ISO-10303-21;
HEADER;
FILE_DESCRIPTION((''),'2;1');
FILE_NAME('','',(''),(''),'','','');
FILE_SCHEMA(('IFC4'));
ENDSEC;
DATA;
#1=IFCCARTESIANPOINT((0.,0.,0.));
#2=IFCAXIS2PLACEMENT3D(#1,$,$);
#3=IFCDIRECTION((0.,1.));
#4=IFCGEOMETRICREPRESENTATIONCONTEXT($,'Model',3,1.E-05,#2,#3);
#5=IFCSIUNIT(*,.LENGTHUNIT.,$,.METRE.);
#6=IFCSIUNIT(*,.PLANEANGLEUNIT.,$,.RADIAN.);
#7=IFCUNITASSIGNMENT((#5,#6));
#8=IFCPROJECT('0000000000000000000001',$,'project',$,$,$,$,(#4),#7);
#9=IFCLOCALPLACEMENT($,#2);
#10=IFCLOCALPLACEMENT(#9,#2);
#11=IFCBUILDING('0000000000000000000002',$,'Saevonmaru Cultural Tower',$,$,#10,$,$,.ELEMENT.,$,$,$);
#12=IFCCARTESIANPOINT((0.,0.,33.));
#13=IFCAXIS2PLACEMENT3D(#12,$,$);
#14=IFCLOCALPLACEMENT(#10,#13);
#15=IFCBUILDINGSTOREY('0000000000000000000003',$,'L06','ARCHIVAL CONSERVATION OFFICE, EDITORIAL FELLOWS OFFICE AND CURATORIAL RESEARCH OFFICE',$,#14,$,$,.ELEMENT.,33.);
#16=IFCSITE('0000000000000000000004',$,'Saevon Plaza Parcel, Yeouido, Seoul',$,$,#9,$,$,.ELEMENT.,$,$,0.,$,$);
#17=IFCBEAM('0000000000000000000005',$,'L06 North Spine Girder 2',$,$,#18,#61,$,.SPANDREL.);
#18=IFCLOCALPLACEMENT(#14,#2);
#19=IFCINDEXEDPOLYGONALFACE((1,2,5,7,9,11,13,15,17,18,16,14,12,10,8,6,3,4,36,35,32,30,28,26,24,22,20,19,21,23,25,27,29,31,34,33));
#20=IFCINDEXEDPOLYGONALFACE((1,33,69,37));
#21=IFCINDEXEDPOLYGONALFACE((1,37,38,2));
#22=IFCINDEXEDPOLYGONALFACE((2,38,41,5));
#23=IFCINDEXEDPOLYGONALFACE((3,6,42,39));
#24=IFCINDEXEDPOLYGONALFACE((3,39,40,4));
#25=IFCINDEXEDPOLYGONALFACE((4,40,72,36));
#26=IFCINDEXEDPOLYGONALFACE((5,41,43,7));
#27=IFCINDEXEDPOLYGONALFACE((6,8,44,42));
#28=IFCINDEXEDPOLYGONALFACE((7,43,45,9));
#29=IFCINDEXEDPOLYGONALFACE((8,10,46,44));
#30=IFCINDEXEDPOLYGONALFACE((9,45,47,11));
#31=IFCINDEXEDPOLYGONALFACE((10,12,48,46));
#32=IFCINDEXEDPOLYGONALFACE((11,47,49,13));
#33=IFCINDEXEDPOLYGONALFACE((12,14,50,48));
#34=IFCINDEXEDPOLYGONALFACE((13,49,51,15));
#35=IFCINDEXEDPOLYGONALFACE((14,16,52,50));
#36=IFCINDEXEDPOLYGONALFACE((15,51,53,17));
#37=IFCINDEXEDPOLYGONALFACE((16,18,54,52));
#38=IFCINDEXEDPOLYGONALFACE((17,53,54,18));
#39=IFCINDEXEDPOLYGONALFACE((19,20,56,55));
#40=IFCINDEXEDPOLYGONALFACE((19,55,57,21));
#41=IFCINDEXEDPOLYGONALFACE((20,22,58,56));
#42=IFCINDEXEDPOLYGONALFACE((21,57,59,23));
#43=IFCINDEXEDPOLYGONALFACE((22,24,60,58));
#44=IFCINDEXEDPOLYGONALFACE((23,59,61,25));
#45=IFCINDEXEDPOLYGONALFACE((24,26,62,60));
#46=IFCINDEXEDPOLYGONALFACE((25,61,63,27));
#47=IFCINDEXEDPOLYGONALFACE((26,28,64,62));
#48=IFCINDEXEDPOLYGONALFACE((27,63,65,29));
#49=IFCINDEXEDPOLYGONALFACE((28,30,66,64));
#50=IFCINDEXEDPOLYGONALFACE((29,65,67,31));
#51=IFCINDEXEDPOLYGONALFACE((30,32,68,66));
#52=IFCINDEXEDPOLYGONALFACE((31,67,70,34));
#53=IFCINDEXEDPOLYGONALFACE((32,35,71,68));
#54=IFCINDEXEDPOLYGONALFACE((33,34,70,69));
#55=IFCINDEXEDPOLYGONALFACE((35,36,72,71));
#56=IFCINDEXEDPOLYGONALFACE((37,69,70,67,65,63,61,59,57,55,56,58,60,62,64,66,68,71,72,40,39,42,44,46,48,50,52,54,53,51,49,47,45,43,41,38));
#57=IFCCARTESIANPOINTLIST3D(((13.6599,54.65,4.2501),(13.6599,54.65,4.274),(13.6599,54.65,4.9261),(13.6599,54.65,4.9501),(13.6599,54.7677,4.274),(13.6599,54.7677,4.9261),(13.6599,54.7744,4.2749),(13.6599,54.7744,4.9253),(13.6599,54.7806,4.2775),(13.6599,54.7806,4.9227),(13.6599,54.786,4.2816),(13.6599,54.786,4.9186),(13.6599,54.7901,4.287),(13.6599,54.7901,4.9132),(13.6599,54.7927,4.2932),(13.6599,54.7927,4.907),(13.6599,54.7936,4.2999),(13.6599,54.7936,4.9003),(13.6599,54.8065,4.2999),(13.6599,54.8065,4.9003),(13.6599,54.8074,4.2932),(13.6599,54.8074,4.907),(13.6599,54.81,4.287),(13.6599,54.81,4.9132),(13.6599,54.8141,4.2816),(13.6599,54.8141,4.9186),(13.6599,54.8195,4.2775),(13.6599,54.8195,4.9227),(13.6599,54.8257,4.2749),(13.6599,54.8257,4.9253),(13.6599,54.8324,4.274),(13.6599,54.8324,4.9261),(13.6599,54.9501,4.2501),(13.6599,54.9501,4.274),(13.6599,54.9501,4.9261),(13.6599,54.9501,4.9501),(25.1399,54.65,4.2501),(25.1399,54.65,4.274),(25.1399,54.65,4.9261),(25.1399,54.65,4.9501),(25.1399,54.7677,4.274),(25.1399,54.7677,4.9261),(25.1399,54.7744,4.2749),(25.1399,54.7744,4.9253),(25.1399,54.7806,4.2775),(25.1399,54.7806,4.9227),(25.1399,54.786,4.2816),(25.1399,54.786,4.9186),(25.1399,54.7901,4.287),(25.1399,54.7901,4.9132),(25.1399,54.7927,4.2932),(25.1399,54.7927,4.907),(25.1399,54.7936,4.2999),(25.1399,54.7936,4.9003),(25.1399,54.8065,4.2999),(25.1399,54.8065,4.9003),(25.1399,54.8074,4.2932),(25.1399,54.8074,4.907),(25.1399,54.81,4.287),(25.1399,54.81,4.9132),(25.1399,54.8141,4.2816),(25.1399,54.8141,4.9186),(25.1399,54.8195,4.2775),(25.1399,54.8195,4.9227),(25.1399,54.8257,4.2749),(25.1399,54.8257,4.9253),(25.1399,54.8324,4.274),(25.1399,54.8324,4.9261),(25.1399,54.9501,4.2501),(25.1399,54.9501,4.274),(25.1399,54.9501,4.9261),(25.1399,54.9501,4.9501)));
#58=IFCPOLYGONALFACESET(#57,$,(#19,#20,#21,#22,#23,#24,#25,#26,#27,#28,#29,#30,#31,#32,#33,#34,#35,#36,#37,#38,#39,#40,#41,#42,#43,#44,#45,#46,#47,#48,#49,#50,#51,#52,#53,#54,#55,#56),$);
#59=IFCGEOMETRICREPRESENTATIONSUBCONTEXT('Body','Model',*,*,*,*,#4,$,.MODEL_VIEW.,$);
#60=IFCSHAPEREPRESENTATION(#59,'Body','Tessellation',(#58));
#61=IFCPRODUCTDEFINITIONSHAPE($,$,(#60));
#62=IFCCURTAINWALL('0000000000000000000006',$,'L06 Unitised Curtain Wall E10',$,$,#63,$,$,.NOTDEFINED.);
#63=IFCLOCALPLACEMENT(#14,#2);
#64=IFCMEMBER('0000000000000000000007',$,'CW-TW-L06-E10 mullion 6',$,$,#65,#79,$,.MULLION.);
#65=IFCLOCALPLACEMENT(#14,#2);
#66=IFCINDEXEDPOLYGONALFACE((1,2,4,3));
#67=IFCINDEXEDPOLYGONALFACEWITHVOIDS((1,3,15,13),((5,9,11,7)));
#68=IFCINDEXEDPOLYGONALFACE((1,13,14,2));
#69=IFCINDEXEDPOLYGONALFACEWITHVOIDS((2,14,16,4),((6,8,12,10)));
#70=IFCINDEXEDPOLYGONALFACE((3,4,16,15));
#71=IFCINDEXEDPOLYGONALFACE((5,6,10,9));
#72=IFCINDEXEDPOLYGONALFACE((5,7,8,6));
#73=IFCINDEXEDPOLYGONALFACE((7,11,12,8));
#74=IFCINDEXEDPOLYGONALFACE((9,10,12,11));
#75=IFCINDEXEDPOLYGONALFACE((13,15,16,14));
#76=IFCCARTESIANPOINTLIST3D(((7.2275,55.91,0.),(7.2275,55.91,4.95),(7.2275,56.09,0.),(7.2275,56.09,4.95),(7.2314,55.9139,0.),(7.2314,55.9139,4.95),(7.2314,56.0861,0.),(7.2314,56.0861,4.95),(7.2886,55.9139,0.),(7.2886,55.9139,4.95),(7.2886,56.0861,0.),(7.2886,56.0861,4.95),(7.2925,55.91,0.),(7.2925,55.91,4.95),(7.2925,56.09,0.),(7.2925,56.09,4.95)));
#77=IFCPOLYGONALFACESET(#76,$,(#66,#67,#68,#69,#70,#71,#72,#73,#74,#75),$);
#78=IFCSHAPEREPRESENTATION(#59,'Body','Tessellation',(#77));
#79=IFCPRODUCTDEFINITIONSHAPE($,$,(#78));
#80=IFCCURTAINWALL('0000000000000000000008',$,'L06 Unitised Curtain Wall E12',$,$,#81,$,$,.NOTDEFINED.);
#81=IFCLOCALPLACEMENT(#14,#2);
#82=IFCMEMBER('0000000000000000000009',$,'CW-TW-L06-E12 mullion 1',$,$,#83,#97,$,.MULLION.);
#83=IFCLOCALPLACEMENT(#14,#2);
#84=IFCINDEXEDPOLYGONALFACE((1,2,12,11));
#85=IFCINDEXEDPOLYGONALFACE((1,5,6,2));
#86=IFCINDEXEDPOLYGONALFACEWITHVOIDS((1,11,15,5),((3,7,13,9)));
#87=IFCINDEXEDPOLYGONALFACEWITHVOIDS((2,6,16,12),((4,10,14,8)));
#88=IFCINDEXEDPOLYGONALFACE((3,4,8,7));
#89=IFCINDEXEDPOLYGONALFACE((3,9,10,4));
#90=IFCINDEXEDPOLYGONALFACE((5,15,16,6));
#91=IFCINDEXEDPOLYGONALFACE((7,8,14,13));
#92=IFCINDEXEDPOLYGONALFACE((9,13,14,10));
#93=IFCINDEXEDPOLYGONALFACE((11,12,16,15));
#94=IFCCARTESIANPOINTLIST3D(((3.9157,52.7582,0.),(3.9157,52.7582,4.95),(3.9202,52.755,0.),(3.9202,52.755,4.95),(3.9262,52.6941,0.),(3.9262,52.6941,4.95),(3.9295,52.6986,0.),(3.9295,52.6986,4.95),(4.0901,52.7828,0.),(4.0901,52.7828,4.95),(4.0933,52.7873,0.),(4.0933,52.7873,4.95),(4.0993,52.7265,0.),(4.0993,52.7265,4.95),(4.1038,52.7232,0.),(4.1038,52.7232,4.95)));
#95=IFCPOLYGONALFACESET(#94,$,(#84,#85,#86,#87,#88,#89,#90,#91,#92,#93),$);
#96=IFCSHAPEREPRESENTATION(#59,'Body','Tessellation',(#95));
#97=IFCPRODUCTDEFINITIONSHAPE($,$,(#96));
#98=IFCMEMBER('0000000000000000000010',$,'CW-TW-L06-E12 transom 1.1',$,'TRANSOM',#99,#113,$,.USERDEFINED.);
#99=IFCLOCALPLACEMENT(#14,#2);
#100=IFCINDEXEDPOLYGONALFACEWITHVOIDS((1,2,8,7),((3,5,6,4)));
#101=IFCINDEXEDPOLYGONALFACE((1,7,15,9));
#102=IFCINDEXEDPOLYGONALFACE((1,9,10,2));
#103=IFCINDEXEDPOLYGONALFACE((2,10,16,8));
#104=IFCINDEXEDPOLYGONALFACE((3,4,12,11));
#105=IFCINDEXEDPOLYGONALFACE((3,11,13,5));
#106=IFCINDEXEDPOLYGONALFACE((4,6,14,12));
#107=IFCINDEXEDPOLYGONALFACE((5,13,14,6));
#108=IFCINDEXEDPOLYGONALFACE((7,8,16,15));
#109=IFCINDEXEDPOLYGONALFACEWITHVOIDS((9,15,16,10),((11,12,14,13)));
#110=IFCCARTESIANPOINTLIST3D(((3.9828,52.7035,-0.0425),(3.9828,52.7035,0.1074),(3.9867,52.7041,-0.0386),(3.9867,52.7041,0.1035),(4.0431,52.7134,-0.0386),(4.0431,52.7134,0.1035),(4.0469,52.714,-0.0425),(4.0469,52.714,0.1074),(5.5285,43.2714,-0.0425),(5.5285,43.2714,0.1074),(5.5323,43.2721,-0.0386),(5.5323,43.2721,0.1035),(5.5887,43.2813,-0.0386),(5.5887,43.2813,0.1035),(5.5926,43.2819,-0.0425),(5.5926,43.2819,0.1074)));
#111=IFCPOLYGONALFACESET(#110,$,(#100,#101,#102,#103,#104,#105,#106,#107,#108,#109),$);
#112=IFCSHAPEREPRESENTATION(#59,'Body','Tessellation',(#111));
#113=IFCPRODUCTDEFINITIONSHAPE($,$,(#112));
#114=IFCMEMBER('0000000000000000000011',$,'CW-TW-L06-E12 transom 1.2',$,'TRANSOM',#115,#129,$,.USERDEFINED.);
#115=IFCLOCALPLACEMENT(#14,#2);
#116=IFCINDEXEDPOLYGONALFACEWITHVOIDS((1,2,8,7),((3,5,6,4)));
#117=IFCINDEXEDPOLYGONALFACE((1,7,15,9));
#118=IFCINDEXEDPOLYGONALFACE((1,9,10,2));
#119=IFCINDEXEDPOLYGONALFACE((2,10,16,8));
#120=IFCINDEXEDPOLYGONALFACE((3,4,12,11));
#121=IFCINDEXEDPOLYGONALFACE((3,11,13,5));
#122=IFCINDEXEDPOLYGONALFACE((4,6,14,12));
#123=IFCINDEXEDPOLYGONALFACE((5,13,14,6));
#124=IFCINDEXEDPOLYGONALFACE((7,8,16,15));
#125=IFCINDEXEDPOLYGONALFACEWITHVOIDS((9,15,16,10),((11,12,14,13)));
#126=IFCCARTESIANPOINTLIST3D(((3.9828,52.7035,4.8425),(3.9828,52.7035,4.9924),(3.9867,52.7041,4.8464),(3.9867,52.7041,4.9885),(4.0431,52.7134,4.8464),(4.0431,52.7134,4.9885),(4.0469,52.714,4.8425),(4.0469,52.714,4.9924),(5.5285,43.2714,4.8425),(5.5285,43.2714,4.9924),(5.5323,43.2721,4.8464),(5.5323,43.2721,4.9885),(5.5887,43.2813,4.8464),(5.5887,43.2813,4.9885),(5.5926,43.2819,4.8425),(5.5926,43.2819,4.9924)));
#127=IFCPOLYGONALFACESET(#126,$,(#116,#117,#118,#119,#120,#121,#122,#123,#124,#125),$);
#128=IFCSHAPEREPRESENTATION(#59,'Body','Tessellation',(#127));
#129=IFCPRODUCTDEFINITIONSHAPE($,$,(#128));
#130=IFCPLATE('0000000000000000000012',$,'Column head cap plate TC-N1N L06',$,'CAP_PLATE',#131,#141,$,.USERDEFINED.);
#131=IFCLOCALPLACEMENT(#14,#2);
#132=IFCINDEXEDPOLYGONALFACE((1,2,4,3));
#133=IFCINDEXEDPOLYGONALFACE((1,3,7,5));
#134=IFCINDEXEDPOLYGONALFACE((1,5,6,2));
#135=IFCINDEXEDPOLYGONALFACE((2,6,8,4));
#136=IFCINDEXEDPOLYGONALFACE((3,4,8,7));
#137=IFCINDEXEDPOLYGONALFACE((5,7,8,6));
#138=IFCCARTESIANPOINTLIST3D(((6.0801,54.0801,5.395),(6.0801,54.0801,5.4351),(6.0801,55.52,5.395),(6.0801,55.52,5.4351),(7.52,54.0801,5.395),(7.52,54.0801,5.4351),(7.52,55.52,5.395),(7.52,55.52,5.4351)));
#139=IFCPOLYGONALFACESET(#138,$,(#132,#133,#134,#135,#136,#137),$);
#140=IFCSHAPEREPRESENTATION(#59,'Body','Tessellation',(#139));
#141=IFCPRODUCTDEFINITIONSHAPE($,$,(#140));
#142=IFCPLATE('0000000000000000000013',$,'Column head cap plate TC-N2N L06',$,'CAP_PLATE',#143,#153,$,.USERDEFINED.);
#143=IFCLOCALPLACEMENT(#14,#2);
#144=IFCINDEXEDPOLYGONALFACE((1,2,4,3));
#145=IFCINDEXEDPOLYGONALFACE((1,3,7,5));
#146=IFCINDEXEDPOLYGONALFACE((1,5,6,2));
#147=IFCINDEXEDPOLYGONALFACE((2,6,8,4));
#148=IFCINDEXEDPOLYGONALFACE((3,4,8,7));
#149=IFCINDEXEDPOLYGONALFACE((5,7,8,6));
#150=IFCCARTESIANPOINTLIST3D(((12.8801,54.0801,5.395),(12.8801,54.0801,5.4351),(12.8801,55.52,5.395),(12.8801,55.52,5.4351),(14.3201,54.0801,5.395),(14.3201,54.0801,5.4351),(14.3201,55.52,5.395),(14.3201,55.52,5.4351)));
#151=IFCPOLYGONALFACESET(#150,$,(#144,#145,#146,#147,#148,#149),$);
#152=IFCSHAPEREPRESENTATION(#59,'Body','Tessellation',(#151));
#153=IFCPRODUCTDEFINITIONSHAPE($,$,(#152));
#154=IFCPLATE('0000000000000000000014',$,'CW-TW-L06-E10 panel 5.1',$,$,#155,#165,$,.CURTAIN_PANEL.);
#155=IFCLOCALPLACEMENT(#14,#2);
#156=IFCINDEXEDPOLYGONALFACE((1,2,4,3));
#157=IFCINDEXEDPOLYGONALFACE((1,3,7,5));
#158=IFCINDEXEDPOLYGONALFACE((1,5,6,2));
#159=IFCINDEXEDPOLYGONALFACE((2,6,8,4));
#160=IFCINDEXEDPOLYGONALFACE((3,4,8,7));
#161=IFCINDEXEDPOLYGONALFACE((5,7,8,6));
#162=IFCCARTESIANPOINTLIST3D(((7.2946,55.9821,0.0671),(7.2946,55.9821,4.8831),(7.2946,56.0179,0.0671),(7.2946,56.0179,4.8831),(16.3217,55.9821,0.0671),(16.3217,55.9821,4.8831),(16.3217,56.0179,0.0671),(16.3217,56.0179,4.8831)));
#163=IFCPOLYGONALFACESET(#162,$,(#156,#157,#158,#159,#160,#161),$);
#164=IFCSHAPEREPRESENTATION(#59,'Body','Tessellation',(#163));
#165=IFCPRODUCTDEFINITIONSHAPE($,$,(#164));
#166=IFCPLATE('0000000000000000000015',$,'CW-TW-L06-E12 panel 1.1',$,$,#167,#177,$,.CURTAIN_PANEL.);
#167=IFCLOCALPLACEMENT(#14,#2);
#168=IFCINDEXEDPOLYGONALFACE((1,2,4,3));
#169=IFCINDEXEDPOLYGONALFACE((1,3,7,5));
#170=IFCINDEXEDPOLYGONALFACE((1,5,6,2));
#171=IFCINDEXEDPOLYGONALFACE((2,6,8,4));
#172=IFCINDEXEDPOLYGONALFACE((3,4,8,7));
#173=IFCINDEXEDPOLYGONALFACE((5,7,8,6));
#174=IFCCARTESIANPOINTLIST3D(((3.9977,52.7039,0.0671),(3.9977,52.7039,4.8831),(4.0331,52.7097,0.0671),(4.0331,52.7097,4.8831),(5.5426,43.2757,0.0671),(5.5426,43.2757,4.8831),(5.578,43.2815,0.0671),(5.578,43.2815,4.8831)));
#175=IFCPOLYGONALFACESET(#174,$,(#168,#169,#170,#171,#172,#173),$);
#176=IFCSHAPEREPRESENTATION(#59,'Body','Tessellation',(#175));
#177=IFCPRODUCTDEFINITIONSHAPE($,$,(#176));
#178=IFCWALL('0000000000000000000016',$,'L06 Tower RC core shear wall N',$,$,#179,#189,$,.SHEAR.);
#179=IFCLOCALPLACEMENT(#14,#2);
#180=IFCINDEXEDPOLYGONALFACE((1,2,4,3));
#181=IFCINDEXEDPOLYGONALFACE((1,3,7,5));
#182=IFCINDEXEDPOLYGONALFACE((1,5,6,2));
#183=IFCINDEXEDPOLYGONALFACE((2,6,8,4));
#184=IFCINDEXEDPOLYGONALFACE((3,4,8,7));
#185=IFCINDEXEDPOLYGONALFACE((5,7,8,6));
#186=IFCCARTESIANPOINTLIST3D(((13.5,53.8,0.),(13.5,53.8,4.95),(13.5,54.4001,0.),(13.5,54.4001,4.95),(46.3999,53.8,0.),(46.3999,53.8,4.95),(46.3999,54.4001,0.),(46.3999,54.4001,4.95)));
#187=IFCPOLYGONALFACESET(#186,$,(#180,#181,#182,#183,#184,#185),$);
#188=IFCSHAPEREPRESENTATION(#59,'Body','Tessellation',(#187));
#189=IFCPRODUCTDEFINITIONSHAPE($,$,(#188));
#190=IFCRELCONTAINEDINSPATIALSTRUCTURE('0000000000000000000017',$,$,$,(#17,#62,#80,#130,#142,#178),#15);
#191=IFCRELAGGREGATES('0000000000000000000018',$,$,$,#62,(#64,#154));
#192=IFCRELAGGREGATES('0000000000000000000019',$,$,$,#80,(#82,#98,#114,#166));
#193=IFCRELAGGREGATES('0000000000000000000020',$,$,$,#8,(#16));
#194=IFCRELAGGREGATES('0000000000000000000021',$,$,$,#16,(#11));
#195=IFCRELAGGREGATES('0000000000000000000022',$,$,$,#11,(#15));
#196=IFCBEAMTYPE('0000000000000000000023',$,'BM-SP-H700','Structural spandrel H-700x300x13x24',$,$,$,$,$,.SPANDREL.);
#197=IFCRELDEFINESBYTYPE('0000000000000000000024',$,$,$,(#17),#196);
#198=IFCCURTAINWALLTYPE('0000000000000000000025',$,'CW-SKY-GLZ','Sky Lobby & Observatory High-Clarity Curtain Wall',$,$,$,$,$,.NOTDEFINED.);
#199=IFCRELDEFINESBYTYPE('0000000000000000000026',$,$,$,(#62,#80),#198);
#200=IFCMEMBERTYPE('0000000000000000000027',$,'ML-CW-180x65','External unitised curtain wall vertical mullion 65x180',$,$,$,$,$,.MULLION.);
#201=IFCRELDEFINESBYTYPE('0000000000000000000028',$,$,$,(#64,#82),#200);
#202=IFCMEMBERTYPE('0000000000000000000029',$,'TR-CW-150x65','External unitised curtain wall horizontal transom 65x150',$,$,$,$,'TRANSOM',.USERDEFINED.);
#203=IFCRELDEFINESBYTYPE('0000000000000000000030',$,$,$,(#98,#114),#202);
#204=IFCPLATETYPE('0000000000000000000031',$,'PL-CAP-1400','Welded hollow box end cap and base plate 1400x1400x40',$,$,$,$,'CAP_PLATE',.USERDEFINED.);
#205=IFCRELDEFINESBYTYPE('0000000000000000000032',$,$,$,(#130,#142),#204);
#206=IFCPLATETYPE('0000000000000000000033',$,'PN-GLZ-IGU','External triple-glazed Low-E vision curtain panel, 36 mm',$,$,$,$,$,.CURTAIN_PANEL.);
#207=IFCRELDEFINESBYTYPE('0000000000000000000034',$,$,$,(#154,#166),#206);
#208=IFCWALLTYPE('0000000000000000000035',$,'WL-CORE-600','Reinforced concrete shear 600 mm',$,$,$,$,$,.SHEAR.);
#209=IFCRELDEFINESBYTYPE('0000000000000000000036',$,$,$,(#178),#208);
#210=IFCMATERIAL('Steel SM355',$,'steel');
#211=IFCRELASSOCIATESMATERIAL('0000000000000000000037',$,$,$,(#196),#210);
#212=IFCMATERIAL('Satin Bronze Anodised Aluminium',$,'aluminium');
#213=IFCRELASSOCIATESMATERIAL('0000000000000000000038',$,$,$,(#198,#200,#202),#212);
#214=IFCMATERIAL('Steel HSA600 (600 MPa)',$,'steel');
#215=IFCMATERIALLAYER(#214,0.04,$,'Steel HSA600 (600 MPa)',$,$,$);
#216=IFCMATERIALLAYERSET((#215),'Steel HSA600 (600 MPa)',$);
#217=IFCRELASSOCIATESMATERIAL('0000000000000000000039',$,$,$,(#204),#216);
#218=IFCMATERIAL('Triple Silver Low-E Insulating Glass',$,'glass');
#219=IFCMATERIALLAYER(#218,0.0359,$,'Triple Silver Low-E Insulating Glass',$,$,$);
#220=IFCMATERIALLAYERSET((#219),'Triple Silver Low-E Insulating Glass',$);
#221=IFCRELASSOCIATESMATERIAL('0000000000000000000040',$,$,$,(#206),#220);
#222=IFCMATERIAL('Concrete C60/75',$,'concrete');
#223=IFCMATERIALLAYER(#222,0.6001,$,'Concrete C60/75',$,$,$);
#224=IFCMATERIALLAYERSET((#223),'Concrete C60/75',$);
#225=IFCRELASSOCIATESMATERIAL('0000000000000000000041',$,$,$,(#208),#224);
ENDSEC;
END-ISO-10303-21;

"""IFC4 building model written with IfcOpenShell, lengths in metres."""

from ifc_helpers import new_model, si_unit, direction, frame, frame_2d, origin, origin_2d, place, context, subcontext, project, spatial, rectangle, hollow_rectangle, i_section, extrude, material, layer, layer_set, material_profile, profile_set, type_object, element, aggregate, save


model = new_model("IFC4")

# Units and contexts
model_context = context("Model", 3, precision=1e-05, world=origin(), true_north=direction((0.0, 1.0)))
body_context = subcontext(model_context, "Body", "Model", "MODEL_VIEW")
ifc_project = project(units=[si_unit("LENGTHUNIT", "METRE"), si_unit("PLANEANGLEUNIT", "RADIAN")], contexts=[model_context])

# Site, building, storey
site_placement = place(None, origin())
site = spatial("IfcSite", under=ifc_project, at=site_placement, Name="Saevon Plaza Parcel, Yeouido, Seoul", CompositionType="ELEMENT", RefElevation=0.0)
building_placement = place(site_placement, origin())
building = spatial("IfcBuilding", under=site, at=building_placement, Name="Saevonmaru Cultural Tower", CompositionType="ELEMENT")
storey_placement = place(building_placement, frame((0.0, 0.0, 33.0)))
storey = spatial("IfcBuildingStorey", under=building, at=storey_placement, Name="L06", Description="ARCHIVAL CONSERVATION OFFICE, EDITORIAL FELLOWS OFFICE AND CURATORIAL RESEARCH OFFICE", CompositionType="ELEMENT", Elevation=33.0)

# Shared definitions
ifc_material_1 = material(Name="Steel HSA600 (600 MPa)", Category="steel")
ifc_material_2 = material(Name="Steel SM355", Category="steel")

# Beam
ifc_material_profile_1 = material_profile(ifc_material_2, i_section(OverallWidth=0.3, OverallDepth=0.7, WebThickness=0.0129, FlangeThickness=0.0239, FilletRadius=0.0259, at=origin_2d()), Name="H-700x300x13x24")
ifc_profile_set_1 = profile_set([ifc_material_profile_1], Name="Steel SM355")
beam_type_1 = type_object("IfcBeamType", Name="BM-SP-H700", Description="Structural spandrel H-700x300x13x24", PredefinedType="SPANDREL", material=ifc_profile_set_1)
beam_1_placement = place(storey_placement, frame((13.6599, 54.8, 4.6001), z_axis=(1.0, 0.0, 0.0), x_axis=(0.0, 1.0, 0.0)))
element("IfcBeam", 1, at=beam_1_placement, inside=storey, type_object=beam_type_1, Name="L06 North Spine Girder 2", PredefinedType="SPANDREL", context=body_context, shape_type="SweptSolid", body=[
    extrude(i_section(OverallWidth=0.3, OverallDepth=0.7, WebThickness=0.0129, FlangeThickness=0.0239, FilletRadius=0.0259, at=origin_2d()), origin(), (0.0, 0.0, 1.0), 11.48),
])

# Curtain wall, member
ifc_material_3 = material(Name="Satin Bronze Anodised Aluminium", Category="aluminium")
curtain_wall_type = type_object("IfcCurtainWallType", Name="CW-SKY-GLZ", Description="Sky Lobby & Observatory High-Clarity Curtain Wall", PredefinedType="NOTDEFINED", material=ifc_material_3)
curtain_wall_1_placement = place(storey_placement, origin())
curtain_wall_1 = element("IfcCurtainWall", 2, at=curtain_wall_1_placement, inside=storey, type_object=curtain_wall_type, Name="L06 Unitised Curtain Wall E10", PredefinedType="NOTDEFINED")
ifc_material_profile_2 = material_profile(ifc_material_3, hollow_rectangle(XDim=0.0649, YDim=0.1799, WallThickness=0.0039, at=origin_2d()), Name="ALU-MULL-180x65x4")
ifc_profile_set_2 = profile_set([ifc_material_profile_2], Name="Satin Bronze Anodised Aluminium")
member_type_1 = type_object("IfcMemberType", Name="ML-CW-180x65", Description="External unitised curtain wall vertical mullion 65x180", PredefinedType="MULLION", material=ifc_profile_set_2)
member_1_placement = place(storey_placement, frame((7.26, 56.0, 0.0), z_axis=(0.0, 0.0, 1.0), x_axis=(-1.0, 0.0, 0.0)))
member_1 = element("IfcMember", 3, at=member_1_placement, type_object=member_type_1, Name="CW-TW-L06-E10 mullion 6", PredefinedType="MULLION", context=body_context, shape_type="SweptSolid", body=[
    extrude(hollow_rectangle(XDim=0.0649, YDim=0.1799, WallThickness=0.0039, at=origin_2d()), origin(), (0.0, 0.0, 1.0), 4.95),
])

# Curtain wall, members
curtain_wall_2_placement = place(storey_placement, origin())
curtain_wall_2 = element("IfcCurtainWall", 4, at=curtain_wall_2_placement, inside=storey, type_object=curtain_wall_type, Name="L06 Unitised Curtain Wall E12", PredefinedType="NOTDEFINED")
member_2_placement = place(storey_placement, frame((4.0098, 52.7407, 0.0), z_axis=(0.0, 0.0, 1.0), x_axis=(0.161709, -0.986839, 0.0)))
member_2 = element("IfcMember", 5, at=member_2_placement, type_object=member_type_1, Name="CW-TW-L06-E12 mullion 1", PredefinedType="MULLION", context=body_context, shape_type="SweptSolid", body=[
    extrude(hollow_rectangle(XDim=0.0649, YDim=0.1799, WallThickness=0.0039, at=origin_2d()), origin(), (0.0, 0.0, 1.0), 4.95),
])
ifc_material_profile_3 = material_profile(ifc_material_3, hollow_rectangle(XDim=0.0649, YDim=0.1499, WallThickness=0.0039, at=origin_2d()), Name="ALU-TRAN-150x65x4")
ifc_profile_set_3 = profile_set([ifc_material_profile_3], Name="Satin Bronze Anodised Aluminium")
member_type_2 = type_object("IfcMemberType", Name="TR-CW-150x65", Description="External unitised curtain wall horizontal transom 65x150", ElementType="TRANSOM", PredefinedType="USERDEFINED", material=ifc_profile_set_3)
member_3_placement = place(storey_placement, frame((4.0149, 52.7087, 0.0325), z_axis=(0.161714, -0.986838, 0.0), x_axis=(0.986838, 0.161714, 0.0)))
member_3 = element("IfcMember", 6, at=member_3_placement, type_object=member_type_2, Name="CW-TW-L06-E12 transom 1.1", ObjectType="TRANSOM", PredefinedType="USERDEFINED", context=body_context, shape_type="SweptSolid", body=[
    extrude(hollow_rectangle(XDim=0.0649, YDim=0.1499, WallThickness=0.0039, at=origin_2d()), origin(), (0.0, 0.0, 1.0), 9.5579),
])
member_4_placement = place(storey_placement, frame((4.0149, 52.7087, 4.9175), z_axis=(0.161714, -0.986838, 0.0), x_axis=(0.986838, 0.161714, 0.0)))
member_4 = element("IfcMember", 7, at=member_4_placement, type_object=member_type_2, Name="CW-TW-L06-E12 transom 1.2", ObjectType="TRANSOM", PredefinedType="USERDEFINED", context=body_context, shape_type="SweptSolid", body=[
    extrude(hollow_rectangle(XDim=0.0649, YDim=0.1499, WallThickness=0.0039, at=origin_2d()), origin(), (0.0, 0.0, 1.0), 9.5579),
])

# Plates
ifc_layer_1 = layer(ifc_material_1, 0.04, Name="Steel HSA600 (600 MPa)")
ifc_layer_set_1 = layer_set([ifc_layer_1], Name="Steel HSA600 (600 MPa)")
plate_type_1 = type_object("IfcPlateType", Name="PL-CAP-1400", Description="Welded hollow box end cap and base plate 1400x1400x40", ElementType="CAP_PLATE", PredefinedType="USERDEFINED", material=ifc_layer_set_1)
for number, where, z_axis, x_axis, name in (
    (8, (6.8, 54.8, 5.395), (0.0, 0.0, 1.0), (1.0, 0.0, 0.0), "Column head cap plate TC-N1N L06"),
    (9, (13.6001, 54.8, 5.395), (0.0, 0.0, 1.0), (1.0, 0.0, 0.0), "Column head cap plate TC-N2N L06"),
):
    element("IfcPlate", number, at=place(storey_placement, frame(where, z_axis=z_axis, x_axis=x_axis)), inside=storey, type_object=plate_type_1, Name=name, ObjectType="CAP_PLATE", PredefinedType="USERDEFINED", context=body_context, shape_type="SweptSolid", body=[
        extrude(rectangle(XDim=1.4399, YDim=1.4399, at=origin_2d()), origin(), (0.0, 0.0, 1.0), 0.04),
    ])

# Plates
ifc_material_4 = material(Name="Triple Silver Low-E Insulating Glass", Category="glass")
ifc_layer_2 = layer(ifc_material_4, 0.0359, Name="Triple Silver Low-E Insulating Glass")
ifc_layer_set_2 = layer_set([ifc_layer_2], Name="Triple Silver Low-E Insulating Glass")
plate_type_2 = type_object("IfcPlateType", Name="PN-GLZ-IGU", Description="External triple-glazed Low-E vision curtain panel, 36 mm", PredefinedType="CURTAIN_PANEL", material=ifc_layer_set_2)
plate_1_placement = place(storey_placement, frame((11.8081, 56.0, 0.0671), z_axis=(0.0, 0.0, 1.0), x_axis=(-1.0, 0.0, 0.0)))
plate_1 = element("IfcPlate", 10, at=plate_1_placement, type_object=plate_type_2, Name="CW-TW-L06-E10 panel 5.1", PredefinedType="CURTAIN_PANEL", context=body_context, shape_type="SweptSolid", body=[
    extrude(rectangle(XDim=9.0271, YDim=0.0359, at=origin_2d()), origin(), (0.0, 0.0, 1.0), 4.8159),
])
aggregate(curtain_wall_1, [member_1, plate_1])
plate_2_placement = place(storey_placement, frame((4.7878, 47.9927, 0.0671), z_axis=(0.0, 0.0, 1.0), x_axis=(0.161709, -0.986839, 0.0)))
plate_2 = element("IfcPlate", 11, at=plate_2_placement, type_object=plate_type_2, Name="CW-TW-L06-E12 panel 1.1", PredefinedType="CURTAIN_PANEL", context=body_context, shape_type="SweptSolid", body=[
    extrude(rectangle(XDim=9.554, YDim=0.0359, at=origin_2d()), origin(), (0.0, 0.0, 1.0), 4.8159),
])
aggregate(curtain_wall_2, [member_2, member_3, member_4, plate_2])

# Wall
ifc_material_5 = material(Name="Concrete C60/75", Category="concrete")
ifc_layer_3 = layer(ifc_material_5, 0.6001, Name="Concrete C60/75")
ifc_layer_set_3 = layer_set([ifc_layer_3], Name="Concrete C60/75")
wall_type_1 = type_object("IfcWallType", Name="WL-CORE-600", Description="Reinforced concrete shear 600 mm", PredefinedType="SHEAR", material=ifc_layer_set_3)
wall_1_placement = place(storey_placement, frame((13.5, 54.1001, 0.0), z_axis=(0.0, 0.0, 1.0), x_axis=(1.0, 0.0, 0.0)))
element("IfcWall", 12, at=wall_1_placement, inside=storey, type_object=wall_type_1, Name="L06 Tower RC core shear wall N", PredefinedType="SHEAR", context=body_context, shape_type="SweptSolid", body=[
    extrude(rectangle(XDim=32.8999, YDim=0.6001, at=frame_2d((16.45, 0.0))), origin(), (0.0, 0.0, 1.0), 4.95),
])

save(model, "model.ifc")
